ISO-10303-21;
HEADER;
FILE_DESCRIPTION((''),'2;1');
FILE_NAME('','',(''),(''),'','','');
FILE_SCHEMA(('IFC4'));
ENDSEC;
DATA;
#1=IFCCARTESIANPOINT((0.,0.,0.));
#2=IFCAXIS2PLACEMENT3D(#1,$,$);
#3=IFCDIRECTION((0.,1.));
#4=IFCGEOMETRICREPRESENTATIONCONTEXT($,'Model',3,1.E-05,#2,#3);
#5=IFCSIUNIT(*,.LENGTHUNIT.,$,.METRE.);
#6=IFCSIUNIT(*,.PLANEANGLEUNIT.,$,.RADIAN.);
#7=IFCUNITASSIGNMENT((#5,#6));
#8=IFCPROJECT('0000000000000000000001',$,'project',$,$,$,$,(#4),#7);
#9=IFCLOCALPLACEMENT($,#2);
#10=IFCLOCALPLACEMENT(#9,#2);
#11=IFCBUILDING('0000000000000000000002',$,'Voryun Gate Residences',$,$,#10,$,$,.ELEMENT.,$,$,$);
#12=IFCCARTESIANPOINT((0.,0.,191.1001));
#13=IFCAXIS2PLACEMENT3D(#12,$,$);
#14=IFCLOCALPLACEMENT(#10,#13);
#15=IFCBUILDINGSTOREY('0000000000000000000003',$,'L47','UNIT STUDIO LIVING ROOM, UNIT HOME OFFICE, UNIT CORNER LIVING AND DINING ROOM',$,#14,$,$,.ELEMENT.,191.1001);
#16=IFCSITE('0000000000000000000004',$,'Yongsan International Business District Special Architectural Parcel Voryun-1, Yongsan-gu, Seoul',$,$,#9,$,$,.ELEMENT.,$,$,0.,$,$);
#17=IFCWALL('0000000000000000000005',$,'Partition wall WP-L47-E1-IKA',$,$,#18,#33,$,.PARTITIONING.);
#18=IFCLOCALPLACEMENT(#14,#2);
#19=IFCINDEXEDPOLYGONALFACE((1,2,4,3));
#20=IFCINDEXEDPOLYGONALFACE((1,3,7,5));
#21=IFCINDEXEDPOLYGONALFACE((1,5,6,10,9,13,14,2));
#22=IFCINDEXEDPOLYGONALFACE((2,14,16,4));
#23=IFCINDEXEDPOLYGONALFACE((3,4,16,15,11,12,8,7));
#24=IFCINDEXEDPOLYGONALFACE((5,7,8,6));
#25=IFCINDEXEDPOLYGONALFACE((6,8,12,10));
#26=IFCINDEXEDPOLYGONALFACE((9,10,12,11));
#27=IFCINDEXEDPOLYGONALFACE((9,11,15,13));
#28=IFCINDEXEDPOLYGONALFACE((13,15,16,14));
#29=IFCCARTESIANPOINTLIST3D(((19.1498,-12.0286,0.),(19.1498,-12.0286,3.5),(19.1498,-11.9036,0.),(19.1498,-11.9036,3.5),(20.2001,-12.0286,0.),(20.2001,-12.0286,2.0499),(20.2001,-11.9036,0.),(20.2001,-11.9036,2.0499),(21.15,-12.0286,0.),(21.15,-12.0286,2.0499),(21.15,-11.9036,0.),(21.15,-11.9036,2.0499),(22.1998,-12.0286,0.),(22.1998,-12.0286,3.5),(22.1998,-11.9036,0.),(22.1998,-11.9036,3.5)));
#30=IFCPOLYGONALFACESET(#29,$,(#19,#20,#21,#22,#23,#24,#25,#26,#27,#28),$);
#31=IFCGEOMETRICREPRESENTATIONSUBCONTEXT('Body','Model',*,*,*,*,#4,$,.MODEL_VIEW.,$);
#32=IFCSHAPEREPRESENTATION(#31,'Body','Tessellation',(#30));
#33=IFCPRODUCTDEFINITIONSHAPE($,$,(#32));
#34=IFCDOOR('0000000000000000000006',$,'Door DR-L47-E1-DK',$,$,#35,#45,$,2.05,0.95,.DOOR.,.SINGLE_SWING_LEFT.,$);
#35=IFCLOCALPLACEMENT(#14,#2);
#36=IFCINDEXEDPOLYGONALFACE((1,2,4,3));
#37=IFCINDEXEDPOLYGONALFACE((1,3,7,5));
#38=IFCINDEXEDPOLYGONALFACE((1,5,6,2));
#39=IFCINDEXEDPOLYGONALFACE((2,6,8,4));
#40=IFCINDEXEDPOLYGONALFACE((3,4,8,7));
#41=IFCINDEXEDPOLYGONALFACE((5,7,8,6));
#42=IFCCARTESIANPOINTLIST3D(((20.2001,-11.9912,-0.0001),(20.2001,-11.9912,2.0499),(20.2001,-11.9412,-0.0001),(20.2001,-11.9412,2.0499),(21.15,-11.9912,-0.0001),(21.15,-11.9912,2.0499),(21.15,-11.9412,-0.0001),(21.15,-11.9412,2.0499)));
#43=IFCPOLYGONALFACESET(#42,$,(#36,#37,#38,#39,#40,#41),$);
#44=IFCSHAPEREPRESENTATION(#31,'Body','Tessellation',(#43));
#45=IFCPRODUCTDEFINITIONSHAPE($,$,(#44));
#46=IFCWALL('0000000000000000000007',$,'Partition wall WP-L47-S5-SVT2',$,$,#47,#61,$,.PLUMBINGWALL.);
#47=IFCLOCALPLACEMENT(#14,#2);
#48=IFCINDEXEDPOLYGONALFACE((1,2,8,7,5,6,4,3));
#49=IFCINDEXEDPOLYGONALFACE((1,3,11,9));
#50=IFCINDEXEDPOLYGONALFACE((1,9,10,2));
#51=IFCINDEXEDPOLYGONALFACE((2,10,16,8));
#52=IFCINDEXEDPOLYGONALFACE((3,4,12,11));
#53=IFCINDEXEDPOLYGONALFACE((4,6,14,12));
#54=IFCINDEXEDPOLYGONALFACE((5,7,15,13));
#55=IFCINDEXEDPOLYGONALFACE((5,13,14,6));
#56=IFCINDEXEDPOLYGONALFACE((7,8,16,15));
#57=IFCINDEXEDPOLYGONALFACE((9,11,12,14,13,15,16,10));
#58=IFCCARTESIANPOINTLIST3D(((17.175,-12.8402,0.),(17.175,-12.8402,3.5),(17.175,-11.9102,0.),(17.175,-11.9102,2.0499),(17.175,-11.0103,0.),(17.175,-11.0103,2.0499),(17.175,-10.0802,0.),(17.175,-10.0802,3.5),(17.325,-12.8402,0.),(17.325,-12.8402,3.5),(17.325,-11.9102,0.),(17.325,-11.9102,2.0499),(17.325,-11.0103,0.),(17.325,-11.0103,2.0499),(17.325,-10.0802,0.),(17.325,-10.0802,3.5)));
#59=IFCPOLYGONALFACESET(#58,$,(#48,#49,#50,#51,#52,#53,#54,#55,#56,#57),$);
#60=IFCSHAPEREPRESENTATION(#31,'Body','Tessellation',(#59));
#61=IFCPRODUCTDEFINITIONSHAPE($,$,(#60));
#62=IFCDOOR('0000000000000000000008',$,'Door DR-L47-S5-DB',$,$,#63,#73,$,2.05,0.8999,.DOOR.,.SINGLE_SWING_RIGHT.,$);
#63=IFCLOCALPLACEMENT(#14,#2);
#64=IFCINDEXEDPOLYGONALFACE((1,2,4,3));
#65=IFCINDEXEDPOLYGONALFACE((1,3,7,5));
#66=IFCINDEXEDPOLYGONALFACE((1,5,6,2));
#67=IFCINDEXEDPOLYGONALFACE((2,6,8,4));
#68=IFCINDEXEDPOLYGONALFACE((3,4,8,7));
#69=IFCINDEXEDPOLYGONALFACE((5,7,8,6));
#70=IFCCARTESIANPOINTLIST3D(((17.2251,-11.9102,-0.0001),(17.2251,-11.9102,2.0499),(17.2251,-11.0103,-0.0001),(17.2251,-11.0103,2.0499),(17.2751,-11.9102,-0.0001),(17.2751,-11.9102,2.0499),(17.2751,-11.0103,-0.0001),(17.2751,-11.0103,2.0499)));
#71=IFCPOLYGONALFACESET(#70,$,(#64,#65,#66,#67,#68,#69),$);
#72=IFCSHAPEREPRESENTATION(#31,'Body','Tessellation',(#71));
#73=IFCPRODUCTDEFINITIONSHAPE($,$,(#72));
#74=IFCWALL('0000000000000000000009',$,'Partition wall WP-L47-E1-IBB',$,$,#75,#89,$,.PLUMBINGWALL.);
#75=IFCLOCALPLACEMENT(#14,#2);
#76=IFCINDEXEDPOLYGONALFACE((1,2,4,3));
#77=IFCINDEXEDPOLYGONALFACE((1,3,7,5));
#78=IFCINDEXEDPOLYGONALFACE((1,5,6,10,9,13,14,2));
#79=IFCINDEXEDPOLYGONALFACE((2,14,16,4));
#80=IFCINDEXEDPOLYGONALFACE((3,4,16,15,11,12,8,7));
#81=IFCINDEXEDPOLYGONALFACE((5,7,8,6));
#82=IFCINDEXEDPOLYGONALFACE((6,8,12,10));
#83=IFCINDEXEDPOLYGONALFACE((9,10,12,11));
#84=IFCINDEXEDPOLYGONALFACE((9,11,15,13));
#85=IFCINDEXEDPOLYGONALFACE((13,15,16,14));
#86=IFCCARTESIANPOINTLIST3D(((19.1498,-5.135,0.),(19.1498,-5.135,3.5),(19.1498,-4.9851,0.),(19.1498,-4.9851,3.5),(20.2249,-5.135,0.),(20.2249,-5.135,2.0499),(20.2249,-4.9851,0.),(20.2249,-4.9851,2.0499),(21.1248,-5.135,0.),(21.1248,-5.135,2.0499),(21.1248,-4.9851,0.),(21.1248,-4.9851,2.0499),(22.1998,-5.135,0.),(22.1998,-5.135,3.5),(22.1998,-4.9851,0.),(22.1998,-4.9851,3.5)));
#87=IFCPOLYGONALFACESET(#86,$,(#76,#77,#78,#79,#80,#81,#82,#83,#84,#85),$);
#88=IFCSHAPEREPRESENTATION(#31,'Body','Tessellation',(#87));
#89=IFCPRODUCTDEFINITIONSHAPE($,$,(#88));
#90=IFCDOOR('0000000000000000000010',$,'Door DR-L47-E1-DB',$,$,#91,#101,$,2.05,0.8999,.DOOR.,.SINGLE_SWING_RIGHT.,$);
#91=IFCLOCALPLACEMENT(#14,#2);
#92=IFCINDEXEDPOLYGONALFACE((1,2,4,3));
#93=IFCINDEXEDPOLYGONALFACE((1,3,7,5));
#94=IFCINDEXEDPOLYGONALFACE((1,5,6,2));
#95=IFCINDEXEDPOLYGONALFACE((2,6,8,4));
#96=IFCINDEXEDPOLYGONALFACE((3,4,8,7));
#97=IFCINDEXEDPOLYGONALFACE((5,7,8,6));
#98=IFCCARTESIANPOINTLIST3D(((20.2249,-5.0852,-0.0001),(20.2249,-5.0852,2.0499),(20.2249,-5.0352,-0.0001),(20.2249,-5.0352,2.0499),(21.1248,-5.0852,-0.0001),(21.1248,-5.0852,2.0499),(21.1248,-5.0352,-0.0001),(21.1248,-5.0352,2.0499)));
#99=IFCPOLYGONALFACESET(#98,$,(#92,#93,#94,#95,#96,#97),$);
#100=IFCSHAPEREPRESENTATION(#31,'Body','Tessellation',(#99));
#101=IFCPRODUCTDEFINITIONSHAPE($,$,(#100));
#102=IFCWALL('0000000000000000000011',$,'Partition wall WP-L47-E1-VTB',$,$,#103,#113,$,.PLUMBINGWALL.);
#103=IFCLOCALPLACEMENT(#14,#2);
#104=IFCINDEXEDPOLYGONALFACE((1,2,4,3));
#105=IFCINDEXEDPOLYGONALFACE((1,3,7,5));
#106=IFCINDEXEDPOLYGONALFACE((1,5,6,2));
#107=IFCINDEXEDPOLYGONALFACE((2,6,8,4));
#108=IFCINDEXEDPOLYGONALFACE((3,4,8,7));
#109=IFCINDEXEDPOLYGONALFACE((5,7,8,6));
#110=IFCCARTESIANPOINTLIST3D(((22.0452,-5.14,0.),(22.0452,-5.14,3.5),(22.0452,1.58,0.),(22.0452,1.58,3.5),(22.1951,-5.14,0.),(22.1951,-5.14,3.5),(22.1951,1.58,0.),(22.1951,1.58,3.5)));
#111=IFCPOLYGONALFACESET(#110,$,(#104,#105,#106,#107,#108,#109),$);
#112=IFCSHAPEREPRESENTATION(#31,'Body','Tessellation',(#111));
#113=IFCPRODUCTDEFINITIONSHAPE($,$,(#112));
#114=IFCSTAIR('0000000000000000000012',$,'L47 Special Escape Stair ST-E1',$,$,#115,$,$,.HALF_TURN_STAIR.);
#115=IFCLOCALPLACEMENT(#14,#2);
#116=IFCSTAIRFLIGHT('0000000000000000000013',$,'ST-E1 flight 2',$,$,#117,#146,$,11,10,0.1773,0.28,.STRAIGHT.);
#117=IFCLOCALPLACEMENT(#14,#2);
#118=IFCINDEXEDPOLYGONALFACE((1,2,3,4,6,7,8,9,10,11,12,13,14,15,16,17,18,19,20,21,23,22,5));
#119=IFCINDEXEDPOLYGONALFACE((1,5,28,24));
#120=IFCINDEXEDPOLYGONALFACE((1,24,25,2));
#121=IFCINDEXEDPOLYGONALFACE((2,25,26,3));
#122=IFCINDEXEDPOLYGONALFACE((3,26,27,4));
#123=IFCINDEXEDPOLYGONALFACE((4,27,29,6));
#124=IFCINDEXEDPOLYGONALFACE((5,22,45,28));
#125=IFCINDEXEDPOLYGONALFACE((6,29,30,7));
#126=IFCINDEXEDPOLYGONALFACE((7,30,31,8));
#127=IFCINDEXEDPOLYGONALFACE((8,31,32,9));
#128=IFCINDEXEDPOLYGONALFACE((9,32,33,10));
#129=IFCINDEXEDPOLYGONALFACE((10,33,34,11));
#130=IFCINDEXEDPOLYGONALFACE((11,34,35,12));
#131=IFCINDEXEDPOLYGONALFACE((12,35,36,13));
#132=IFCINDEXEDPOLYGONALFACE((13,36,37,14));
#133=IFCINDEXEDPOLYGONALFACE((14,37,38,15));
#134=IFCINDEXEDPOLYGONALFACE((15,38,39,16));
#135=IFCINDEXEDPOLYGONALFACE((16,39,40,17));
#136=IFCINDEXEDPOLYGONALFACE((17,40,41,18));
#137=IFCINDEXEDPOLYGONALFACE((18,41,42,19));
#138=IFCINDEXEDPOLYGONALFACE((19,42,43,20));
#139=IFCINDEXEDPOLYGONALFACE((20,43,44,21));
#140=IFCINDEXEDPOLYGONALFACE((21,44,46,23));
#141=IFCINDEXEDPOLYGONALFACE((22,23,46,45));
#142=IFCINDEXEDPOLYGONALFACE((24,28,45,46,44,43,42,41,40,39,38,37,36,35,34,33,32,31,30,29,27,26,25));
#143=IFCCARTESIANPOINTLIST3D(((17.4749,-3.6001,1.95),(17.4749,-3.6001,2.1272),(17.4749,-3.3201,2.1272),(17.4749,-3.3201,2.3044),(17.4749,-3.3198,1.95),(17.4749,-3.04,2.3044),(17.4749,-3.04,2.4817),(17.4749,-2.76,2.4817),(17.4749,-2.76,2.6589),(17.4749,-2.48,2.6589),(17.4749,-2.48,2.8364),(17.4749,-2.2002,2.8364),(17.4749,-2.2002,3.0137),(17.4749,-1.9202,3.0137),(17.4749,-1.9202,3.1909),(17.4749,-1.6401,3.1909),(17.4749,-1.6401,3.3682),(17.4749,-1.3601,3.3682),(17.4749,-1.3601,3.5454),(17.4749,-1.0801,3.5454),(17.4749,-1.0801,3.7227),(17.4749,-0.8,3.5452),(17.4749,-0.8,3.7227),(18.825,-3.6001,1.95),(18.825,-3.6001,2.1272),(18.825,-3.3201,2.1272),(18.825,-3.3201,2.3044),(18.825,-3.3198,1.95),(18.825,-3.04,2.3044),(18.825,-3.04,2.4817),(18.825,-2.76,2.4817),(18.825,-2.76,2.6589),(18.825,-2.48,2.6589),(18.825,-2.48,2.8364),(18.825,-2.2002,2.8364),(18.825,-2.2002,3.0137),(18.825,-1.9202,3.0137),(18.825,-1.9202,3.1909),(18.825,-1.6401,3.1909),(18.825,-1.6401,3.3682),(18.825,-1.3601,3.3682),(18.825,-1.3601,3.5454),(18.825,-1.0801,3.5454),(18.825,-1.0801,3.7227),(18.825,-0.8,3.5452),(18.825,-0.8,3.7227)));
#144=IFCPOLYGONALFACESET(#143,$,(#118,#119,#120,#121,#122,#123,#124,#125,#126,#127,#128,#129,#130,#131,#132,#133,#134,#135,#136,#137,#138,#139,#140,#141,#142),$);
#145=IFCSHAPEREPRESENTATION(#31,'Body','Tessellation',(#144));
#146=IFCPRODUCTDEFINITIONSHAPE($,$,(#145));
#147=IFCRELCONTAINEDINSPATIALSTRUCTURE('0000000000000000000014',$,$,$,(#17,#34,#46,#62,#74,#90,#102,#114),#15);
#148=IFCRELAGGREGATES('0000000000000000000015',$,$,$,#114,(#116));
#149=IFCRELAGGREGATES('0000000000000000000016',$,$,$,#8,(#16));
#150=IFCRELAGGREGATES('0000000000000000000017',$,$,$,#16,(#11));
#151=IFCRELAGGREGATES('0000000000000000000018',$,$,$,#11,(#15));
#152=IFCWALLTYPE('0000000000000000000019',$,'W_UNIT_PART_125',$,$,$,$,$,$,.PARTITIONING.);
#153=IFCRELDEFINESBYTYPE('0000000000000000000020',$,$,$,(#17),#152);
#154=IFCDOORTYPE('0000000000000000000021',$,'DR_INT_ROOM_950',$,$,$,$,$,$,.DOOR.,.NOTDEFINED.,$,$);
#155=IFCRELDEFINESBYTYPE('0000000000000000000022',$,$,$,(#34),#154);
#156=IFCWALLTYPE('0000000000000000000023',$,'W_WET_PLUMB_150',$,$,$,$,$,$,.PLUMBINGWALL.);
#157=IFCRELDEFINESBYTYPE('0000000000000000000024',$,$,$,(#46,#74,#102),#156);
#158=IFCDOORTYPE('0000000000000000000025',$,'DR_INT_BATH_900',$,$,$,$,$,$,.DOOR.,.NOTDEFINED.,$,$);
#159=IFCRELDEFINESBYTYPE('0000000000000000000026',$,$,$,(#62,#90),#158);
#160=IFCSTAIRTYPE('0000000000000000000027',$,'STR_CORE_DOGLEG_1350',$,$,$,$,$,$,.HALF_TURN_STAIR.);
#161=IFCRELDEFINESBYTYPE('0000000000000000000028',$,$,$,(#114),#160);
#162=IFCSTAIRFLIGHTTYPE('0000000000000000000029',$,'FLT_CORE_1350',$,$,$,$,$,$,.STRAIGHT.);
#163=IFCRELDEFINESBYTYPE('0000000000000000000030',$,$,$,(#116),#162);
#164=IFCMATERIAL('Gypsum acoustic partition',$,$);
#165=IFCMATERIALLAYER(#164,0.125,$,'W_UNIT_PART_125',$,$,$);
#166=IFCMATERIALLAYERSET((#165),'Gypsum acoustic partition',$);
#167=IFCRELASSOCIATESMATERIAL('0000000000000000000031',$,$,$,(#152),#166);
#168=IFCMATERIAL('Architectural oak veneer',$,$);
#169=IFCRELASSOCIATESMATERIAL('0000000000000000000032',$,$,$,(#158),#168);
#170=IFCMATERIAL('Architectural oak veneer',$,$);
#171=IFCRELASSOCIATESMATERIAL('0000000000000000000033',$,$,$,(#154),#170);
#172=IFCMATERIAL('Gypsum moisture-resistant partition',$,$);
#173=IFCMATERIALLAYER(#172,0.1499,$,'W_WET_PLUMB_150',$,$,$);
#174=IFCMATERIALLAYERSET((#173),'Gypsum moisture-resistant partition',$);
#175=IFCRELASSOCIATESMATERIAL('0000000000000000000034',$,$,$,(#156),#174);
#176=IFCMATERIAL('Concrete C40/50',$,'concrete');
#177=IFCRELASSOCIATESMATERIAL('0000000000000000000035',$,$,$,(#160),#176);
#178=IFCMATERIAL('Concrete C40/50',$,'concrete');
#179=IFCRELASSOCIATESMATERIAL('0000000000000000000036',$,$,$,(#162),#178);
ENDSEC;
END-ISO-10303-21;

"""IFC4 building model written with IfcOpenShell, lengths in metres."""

from ifc_helpers import new_model, si_unit, direction, frame, frame_2d, origin, place, context, subcontext, project, spatial, polyline, rectangle, outline, extrude, material, layer, layer_set, type_object, element, fill, aggregate, save


model = new_model("IFC4")

# Units and contexts
model_context = context("Model", 3, precision=1e-05, world=origin(), true_north=direction((0.0, 1.0)))
body_context = subcontext(model_context, "Body", "Model", "MODEL_VIEW")
ifc_project = project(units=[si_unit("LENGTHUNIT", "METRE"), si_unit("PLANEANGLEUNIT", "RADIAN")], contexts=[model_context])

# Site, building, storey
site_placement = place(None, origin())
site = spatial("IfcSite", under=ifc_project, at=site_placement, Name="Yongsan International Business District Special Architectural Parcel Voryun-1, Yongsan-gu, Seoul", CompositionType="ELEMENT", RefElevation=0.0)
building_placement = place(site_placement, origin())
building = spatial("IfcBuilding", under=site, at=building_placement, Name="Voryun Gate Residences", CompositionType="ELEMENT")
storey_placement = place(building_placement, frame((0.0, 0.0, 191.1001)))
storey = spatial("IfcBuildingStorey", under=building, at=storey_placement, Name="L47", Description="UNIT STUDIO LIVING ROOM, UNIT HOME OFFICE, UNIT CORNER LIVING AND DINING ROOM", CompositionType="ELEMENT", Elevation=191.1001)

# Shared definitions
ifc_material_1 = material(Name="Gypsum acoustic partition")
ifc_layer_1 = layer(ifc_material_1, 0.125, Name="W_UNIT_PART_125")
ifc_layer_set_1 = layer_set([ifc_layer_1], Name="Gypsum acoustic partition")
wall_type_1 = type_object("IfcWallType", Name="W_UNIT_PART_125", PredefinedType="PARTITIONING", material=ifc_layer_set_1)

# Walls, openings, doors
ifc_material_2 = material(Name="Architectural oak veneer")
door_type_1 = type_object("IfcDoorType", Name="DR_INT_BATH_900", OperationType="NOTDEFINED", PredefinedType="DOOR", material=ifc_material_2)
wall_1_placement = place(storey_placement, frame((19.1499, -11.9661, 0.0), z_axis=(0.0, 0.0, 1.0), x_axis=(1.0, 0.0, 0.0)))
wall_1 = element("IfcWall", 1, at=wall_1_placement, inside=storey, type_object=wall_type_1, Name="Partition wall WP-L47-E1-IKA", PredefinedType="PARTITIONING", context=body_context, shape_type="SweptSolid", body=[
    extrude(rectangle(XDim=3.05, YDim=0.125, at=frame_2d((1.5249, 0.0))), origin(), (0.0, 0.0, 1.0), 3.5),
])
opening_1_placement = place(wall_1_placement, frame((1.05, 0.0, 0.0)))
opening_1 = element("IfcOpeningElement", 2, at=opening_1_placement, cuts=wall_1, PredefinedType="OPENING", context=body_context, shape_type="SweptSolid", body=[
    extrude(rectangle(XDim=0.95, YDim=2.05, at=frame_2d((0.4751, 1.0249))), frame((0.0, 0.0725, 0.0), z_axis=(0.0, -1.0, 0.0), x_axis=(1.0, 0.0, 0.0)), (0.0, 0.0, 1.0), 0.145),
])
ifc_material_3 = material(Name="Architectural oak veneer")
door_type_2 = type_object("IfcDoorType", Name="DR_INT_ROOM_950", OperationType="NOTDEFINED", PredefinedType="DOOR", material=ifc_material_3)
door_1_placement = place(opening_1_placement, origin())
door_1 = element("IfcDoor", 3, at=door_1_placement, inside=storey, type_object=door_type_2, Name="Door DR-L47-E1-DK", OperationType="SINGLE_SWING_LEFT", OverallHeight=2.05, OverallWidth=0.95, PredefinedType="DOOR", context=body_context, shape_type="SweptSolid", body=[
    extrude(rectangle(XDim=0.95, YDim=2.05, at=frame_2d((0.4751, 1.0249))), frame((0.0, 0.0249, 0.0), z_axis=(0.0, -1.0, 0.0), x_axis=(1.0, 0.0, 0.0)), (0.0, 0.0, 1.0), 0.05),
])
fill(opening_1, door_1)
ifc_material_4 = material(Name="Gypsum moisture-resistant partition")
ifc_layer_2 = layer(ifc_material_4, 0.1499, Name="W_WET_PLUMB_150")
ifc_layer_set_2 = layer_set([ifc_layer_2], Name="Gypsum moisture-resistant partition")
wall_type_2 = type_object("IfcWallType", Name="W_WET_PLUMB_150", PredefinedType="PLUMBINGWALL", material=ifc_layer_set_2)
wall_2_placement = place(storey_placement, frame((17.25, -12.8401, 0.0), z_axis=(0.0, 0.0, 1.0), x_axis=(0.0, 1.0, 0.0)))
wall_2 = element("IfcWall", 4, at=wall_2_placement, inside=storey, type_object=wall_type_2, Name="Partition wall WP-L47-S5-SVT2", PredefinedType="PLUMBINGWALL", context=body_context, shape_type="SweptSolid", body=[
    extrude(rectangle(XDim=2.76, YDim=0.1499, at=frame_2d((1.3799, 0.0))), origin(), (0.0, 0.0, 1.0), 3.5),
])
opening_2_placement = place(wall_2_placement, frame((0.9299, 0.0, 0.0)))
opening_2 = element("IfcOpeningElement", 5, at=opening_2_placement, cuts=wall_2, PredefinedType="OPENING", context=body_context, shape_type="SweptSolid", body=[
    extrude(rectangle(XDim=0.8999, YDim=2.05, at=frame_2d((0.45, 1.0249))), frame((0.0, 0.085, 0.0), z_axis=(0.0, -1.0, 0.0), x_axis=(1.0, 0.0, 0.0)), (0.0, 0.0, 1.0), 0.1699),
])
door_2_placement = place(opening_2_placement, origin())
door_2 = element("IfcDoor", 6, at=door_2_placement, inside=storey, type_object=door_type_1, Name="Door DR-L47-S5-DB", OperationType="SINGLE_SWING_RIGHT", OverallHeight=2.05, OverallWidth=0.8999, PredefinedType="DOOR", context=body_context, shape_type="SweptSolid", body=[
    extrude(rectangle(XDim=0.8999, YDim=2.05, at=frame_2d((0.45, 1.0249))), frame((0.0, 0.0249, 0.0), z_axis=(0.0, -1.0, 0.0), x_axis=(1.0, 0.0, 0.0)), (0.0, 0.0, 1.0), 0.05),
])
fill(opening_2, door_2)
wall_3_placement = place(storey_placement, frame((19.1499, -5.0601, 0.0), z_axis=(0.0, 0.0, 1.0), x_axis=(1.0, 0.0, 0.0)))
wall_3 = element("IfcWall", 7, at=wall_3_placement, inside=storey, type_object=wall_type_2, Name="Partition wall WP-L47-E1-IBB", PredefinedType="PLUMBINGWALL", context=body_context, shape_type="SweptSolid", body=[
    extrude(rectangle(XDim=3.05, YDim=0.1499, at=frame_2d((1.5249, 0.0))), origin(), (0.0, 0.0, 1.0), 3.5),
])
opening_3_placement = place(wall_3_placement, frame((1.075, 0.0, 0.0)))
opening_3 = element("IfcOpeningElement", 8, at=opening_3_placement, cuts=wall_3, PredefinedType="OPENING", context=body_context, shape_type="SweptSolid", body=[
    extrude(rectangle(XDim=0.8999, YDim=2.05, at=frame_2d((0.45, 1.0249))), frame((0.0, 0.085, 0.0), z_axis=(0.0, -1.0, 0.0), x_axis=(1.0, 0.0, 0.0)), (0.0, 0.0, 1.0), 0.1699),
])
door_3_placement = place(opening_3_placement, origin())
door_3 = element("IfcDoor", 9, at=door_3_placement, inside=storey, type_object=door_type_1, Name="Door DR-L47-E1-DB", OperationType="SINGLE_SWING_RIGHT", OverallHeight=2.05, OverallWidth=0.8999, PredefinedType="DOOR", context=body_context, shape_type="SweptSolid", body=[
    extrude(rectangle(XDim=0.8999, YDim=2.05, at=frame_2d((0.45, 1.0249))), frame((0.0, 0.0249, 0.0), z_axis=(0.0, -1.0, 0.0), x_axis=(1.0, 0.0, 0.0)), (0.0, 0.0, 1.0), 0.05),
])
fill(opening_3, door_3)

# Wall
wall_4_placement = place(storey_placement, frame((22.1201, -5.1399, 0.0), z_axis=(0.0, 0.0, 1.0), x_axis=(0.0, 1.0, 0.0)))
element("IfcWall", 10, at=wall_4_placement, inside=storey, type_object=wall_type_2, Name="Partition wall WP-L47-E1-VTB", PredefinedType="PLUMBINGWALL", context=body_context, shape_type="SweptSolid", body=[
    extrude(rectangle(XDim=6.72, YDim=0.1499, at=frame_2d((3.3599, 0.0))), origin(), (0.0, 0.0, 1.0), 3.5),
])

# Stair, stair flight
ifc_material_5 = material(Name="Concrete C40/50", Category="concrete")
stair_type = type_object("IfcStairType", Name="STR_CORE_DOGLEG_1350", PredefinedType="HALF_TURN_STAIR", material=ifc_material_5)
stair_placement = place(storey_placement, origin())
stair = element("IfcStair", 11, at=stair_placement, inside=storey, type_object=stair_type, Name="L47 Special Escape Stair ST-E1", PredefinedType="HALF_TURN_STAIR")
ifc_material_6 = material(Name="Concrete C40/50", Category="concrete")
stair_flight_type = type_object("IfcStairFlightType", Name="FLT_CORE_1350", PredefinedType="STRAIGHT", material=ifc_material_6)
stair_flight_placement = place(storey_placement, frame((18.1499, -3.6001, 1.95), z_axis=(0.0, 0.0, 1.0), x_axis=(0.0, 1.0, 0.0)))
stair_flight = element("IfcStairFlight", 12, at=stair_flight_placement, type_object=stair_flight_type, Name="ST-E1 flight 2", NumberOfRisers=11, NumberOfTreads=10, PredefinedType="STRAIGHT", RiserHeight=0.1773, TreadLength=0.28, context=body_context, shape_type="SweptSolid", body=[
    extrude(outline(polyline([(0.0, 0.0), (0.0, 0.1772), (0.28, 0.1772), (0.28, 0.3545), (0.5601, 0.3545), (0.5601, 0.5317), (0.8401, 0.5317), (0.8401, 0.709), (1.1201, 0.709), (1.1201, 0.8865), (1.3999, 0.8865), (1.3999, 1.0637), (1.6799, 1.0637), (1.6799, 1.241), (1.96, 1.241), (1.96, 1.4182), (2.24, 1.4182), (2.24, 1.5955), (2.52, 1.5955), (2.52, 1.7727), (2.8, 1.7727), (2.8, 1.95), (2.8, 1.5952), (0.2803, 0.0), (0.0, 0.0)])), frame((0.0, 0.675, 0.0), z_axis=(0.0, -1.0, 0.0), x_axis=(1.0, 0.0, 0.0)), (0.0, 0.0, 1.0), 1.3501),
])
aggregate(stair, [stair_flight])

save(model, "model.ifc")
